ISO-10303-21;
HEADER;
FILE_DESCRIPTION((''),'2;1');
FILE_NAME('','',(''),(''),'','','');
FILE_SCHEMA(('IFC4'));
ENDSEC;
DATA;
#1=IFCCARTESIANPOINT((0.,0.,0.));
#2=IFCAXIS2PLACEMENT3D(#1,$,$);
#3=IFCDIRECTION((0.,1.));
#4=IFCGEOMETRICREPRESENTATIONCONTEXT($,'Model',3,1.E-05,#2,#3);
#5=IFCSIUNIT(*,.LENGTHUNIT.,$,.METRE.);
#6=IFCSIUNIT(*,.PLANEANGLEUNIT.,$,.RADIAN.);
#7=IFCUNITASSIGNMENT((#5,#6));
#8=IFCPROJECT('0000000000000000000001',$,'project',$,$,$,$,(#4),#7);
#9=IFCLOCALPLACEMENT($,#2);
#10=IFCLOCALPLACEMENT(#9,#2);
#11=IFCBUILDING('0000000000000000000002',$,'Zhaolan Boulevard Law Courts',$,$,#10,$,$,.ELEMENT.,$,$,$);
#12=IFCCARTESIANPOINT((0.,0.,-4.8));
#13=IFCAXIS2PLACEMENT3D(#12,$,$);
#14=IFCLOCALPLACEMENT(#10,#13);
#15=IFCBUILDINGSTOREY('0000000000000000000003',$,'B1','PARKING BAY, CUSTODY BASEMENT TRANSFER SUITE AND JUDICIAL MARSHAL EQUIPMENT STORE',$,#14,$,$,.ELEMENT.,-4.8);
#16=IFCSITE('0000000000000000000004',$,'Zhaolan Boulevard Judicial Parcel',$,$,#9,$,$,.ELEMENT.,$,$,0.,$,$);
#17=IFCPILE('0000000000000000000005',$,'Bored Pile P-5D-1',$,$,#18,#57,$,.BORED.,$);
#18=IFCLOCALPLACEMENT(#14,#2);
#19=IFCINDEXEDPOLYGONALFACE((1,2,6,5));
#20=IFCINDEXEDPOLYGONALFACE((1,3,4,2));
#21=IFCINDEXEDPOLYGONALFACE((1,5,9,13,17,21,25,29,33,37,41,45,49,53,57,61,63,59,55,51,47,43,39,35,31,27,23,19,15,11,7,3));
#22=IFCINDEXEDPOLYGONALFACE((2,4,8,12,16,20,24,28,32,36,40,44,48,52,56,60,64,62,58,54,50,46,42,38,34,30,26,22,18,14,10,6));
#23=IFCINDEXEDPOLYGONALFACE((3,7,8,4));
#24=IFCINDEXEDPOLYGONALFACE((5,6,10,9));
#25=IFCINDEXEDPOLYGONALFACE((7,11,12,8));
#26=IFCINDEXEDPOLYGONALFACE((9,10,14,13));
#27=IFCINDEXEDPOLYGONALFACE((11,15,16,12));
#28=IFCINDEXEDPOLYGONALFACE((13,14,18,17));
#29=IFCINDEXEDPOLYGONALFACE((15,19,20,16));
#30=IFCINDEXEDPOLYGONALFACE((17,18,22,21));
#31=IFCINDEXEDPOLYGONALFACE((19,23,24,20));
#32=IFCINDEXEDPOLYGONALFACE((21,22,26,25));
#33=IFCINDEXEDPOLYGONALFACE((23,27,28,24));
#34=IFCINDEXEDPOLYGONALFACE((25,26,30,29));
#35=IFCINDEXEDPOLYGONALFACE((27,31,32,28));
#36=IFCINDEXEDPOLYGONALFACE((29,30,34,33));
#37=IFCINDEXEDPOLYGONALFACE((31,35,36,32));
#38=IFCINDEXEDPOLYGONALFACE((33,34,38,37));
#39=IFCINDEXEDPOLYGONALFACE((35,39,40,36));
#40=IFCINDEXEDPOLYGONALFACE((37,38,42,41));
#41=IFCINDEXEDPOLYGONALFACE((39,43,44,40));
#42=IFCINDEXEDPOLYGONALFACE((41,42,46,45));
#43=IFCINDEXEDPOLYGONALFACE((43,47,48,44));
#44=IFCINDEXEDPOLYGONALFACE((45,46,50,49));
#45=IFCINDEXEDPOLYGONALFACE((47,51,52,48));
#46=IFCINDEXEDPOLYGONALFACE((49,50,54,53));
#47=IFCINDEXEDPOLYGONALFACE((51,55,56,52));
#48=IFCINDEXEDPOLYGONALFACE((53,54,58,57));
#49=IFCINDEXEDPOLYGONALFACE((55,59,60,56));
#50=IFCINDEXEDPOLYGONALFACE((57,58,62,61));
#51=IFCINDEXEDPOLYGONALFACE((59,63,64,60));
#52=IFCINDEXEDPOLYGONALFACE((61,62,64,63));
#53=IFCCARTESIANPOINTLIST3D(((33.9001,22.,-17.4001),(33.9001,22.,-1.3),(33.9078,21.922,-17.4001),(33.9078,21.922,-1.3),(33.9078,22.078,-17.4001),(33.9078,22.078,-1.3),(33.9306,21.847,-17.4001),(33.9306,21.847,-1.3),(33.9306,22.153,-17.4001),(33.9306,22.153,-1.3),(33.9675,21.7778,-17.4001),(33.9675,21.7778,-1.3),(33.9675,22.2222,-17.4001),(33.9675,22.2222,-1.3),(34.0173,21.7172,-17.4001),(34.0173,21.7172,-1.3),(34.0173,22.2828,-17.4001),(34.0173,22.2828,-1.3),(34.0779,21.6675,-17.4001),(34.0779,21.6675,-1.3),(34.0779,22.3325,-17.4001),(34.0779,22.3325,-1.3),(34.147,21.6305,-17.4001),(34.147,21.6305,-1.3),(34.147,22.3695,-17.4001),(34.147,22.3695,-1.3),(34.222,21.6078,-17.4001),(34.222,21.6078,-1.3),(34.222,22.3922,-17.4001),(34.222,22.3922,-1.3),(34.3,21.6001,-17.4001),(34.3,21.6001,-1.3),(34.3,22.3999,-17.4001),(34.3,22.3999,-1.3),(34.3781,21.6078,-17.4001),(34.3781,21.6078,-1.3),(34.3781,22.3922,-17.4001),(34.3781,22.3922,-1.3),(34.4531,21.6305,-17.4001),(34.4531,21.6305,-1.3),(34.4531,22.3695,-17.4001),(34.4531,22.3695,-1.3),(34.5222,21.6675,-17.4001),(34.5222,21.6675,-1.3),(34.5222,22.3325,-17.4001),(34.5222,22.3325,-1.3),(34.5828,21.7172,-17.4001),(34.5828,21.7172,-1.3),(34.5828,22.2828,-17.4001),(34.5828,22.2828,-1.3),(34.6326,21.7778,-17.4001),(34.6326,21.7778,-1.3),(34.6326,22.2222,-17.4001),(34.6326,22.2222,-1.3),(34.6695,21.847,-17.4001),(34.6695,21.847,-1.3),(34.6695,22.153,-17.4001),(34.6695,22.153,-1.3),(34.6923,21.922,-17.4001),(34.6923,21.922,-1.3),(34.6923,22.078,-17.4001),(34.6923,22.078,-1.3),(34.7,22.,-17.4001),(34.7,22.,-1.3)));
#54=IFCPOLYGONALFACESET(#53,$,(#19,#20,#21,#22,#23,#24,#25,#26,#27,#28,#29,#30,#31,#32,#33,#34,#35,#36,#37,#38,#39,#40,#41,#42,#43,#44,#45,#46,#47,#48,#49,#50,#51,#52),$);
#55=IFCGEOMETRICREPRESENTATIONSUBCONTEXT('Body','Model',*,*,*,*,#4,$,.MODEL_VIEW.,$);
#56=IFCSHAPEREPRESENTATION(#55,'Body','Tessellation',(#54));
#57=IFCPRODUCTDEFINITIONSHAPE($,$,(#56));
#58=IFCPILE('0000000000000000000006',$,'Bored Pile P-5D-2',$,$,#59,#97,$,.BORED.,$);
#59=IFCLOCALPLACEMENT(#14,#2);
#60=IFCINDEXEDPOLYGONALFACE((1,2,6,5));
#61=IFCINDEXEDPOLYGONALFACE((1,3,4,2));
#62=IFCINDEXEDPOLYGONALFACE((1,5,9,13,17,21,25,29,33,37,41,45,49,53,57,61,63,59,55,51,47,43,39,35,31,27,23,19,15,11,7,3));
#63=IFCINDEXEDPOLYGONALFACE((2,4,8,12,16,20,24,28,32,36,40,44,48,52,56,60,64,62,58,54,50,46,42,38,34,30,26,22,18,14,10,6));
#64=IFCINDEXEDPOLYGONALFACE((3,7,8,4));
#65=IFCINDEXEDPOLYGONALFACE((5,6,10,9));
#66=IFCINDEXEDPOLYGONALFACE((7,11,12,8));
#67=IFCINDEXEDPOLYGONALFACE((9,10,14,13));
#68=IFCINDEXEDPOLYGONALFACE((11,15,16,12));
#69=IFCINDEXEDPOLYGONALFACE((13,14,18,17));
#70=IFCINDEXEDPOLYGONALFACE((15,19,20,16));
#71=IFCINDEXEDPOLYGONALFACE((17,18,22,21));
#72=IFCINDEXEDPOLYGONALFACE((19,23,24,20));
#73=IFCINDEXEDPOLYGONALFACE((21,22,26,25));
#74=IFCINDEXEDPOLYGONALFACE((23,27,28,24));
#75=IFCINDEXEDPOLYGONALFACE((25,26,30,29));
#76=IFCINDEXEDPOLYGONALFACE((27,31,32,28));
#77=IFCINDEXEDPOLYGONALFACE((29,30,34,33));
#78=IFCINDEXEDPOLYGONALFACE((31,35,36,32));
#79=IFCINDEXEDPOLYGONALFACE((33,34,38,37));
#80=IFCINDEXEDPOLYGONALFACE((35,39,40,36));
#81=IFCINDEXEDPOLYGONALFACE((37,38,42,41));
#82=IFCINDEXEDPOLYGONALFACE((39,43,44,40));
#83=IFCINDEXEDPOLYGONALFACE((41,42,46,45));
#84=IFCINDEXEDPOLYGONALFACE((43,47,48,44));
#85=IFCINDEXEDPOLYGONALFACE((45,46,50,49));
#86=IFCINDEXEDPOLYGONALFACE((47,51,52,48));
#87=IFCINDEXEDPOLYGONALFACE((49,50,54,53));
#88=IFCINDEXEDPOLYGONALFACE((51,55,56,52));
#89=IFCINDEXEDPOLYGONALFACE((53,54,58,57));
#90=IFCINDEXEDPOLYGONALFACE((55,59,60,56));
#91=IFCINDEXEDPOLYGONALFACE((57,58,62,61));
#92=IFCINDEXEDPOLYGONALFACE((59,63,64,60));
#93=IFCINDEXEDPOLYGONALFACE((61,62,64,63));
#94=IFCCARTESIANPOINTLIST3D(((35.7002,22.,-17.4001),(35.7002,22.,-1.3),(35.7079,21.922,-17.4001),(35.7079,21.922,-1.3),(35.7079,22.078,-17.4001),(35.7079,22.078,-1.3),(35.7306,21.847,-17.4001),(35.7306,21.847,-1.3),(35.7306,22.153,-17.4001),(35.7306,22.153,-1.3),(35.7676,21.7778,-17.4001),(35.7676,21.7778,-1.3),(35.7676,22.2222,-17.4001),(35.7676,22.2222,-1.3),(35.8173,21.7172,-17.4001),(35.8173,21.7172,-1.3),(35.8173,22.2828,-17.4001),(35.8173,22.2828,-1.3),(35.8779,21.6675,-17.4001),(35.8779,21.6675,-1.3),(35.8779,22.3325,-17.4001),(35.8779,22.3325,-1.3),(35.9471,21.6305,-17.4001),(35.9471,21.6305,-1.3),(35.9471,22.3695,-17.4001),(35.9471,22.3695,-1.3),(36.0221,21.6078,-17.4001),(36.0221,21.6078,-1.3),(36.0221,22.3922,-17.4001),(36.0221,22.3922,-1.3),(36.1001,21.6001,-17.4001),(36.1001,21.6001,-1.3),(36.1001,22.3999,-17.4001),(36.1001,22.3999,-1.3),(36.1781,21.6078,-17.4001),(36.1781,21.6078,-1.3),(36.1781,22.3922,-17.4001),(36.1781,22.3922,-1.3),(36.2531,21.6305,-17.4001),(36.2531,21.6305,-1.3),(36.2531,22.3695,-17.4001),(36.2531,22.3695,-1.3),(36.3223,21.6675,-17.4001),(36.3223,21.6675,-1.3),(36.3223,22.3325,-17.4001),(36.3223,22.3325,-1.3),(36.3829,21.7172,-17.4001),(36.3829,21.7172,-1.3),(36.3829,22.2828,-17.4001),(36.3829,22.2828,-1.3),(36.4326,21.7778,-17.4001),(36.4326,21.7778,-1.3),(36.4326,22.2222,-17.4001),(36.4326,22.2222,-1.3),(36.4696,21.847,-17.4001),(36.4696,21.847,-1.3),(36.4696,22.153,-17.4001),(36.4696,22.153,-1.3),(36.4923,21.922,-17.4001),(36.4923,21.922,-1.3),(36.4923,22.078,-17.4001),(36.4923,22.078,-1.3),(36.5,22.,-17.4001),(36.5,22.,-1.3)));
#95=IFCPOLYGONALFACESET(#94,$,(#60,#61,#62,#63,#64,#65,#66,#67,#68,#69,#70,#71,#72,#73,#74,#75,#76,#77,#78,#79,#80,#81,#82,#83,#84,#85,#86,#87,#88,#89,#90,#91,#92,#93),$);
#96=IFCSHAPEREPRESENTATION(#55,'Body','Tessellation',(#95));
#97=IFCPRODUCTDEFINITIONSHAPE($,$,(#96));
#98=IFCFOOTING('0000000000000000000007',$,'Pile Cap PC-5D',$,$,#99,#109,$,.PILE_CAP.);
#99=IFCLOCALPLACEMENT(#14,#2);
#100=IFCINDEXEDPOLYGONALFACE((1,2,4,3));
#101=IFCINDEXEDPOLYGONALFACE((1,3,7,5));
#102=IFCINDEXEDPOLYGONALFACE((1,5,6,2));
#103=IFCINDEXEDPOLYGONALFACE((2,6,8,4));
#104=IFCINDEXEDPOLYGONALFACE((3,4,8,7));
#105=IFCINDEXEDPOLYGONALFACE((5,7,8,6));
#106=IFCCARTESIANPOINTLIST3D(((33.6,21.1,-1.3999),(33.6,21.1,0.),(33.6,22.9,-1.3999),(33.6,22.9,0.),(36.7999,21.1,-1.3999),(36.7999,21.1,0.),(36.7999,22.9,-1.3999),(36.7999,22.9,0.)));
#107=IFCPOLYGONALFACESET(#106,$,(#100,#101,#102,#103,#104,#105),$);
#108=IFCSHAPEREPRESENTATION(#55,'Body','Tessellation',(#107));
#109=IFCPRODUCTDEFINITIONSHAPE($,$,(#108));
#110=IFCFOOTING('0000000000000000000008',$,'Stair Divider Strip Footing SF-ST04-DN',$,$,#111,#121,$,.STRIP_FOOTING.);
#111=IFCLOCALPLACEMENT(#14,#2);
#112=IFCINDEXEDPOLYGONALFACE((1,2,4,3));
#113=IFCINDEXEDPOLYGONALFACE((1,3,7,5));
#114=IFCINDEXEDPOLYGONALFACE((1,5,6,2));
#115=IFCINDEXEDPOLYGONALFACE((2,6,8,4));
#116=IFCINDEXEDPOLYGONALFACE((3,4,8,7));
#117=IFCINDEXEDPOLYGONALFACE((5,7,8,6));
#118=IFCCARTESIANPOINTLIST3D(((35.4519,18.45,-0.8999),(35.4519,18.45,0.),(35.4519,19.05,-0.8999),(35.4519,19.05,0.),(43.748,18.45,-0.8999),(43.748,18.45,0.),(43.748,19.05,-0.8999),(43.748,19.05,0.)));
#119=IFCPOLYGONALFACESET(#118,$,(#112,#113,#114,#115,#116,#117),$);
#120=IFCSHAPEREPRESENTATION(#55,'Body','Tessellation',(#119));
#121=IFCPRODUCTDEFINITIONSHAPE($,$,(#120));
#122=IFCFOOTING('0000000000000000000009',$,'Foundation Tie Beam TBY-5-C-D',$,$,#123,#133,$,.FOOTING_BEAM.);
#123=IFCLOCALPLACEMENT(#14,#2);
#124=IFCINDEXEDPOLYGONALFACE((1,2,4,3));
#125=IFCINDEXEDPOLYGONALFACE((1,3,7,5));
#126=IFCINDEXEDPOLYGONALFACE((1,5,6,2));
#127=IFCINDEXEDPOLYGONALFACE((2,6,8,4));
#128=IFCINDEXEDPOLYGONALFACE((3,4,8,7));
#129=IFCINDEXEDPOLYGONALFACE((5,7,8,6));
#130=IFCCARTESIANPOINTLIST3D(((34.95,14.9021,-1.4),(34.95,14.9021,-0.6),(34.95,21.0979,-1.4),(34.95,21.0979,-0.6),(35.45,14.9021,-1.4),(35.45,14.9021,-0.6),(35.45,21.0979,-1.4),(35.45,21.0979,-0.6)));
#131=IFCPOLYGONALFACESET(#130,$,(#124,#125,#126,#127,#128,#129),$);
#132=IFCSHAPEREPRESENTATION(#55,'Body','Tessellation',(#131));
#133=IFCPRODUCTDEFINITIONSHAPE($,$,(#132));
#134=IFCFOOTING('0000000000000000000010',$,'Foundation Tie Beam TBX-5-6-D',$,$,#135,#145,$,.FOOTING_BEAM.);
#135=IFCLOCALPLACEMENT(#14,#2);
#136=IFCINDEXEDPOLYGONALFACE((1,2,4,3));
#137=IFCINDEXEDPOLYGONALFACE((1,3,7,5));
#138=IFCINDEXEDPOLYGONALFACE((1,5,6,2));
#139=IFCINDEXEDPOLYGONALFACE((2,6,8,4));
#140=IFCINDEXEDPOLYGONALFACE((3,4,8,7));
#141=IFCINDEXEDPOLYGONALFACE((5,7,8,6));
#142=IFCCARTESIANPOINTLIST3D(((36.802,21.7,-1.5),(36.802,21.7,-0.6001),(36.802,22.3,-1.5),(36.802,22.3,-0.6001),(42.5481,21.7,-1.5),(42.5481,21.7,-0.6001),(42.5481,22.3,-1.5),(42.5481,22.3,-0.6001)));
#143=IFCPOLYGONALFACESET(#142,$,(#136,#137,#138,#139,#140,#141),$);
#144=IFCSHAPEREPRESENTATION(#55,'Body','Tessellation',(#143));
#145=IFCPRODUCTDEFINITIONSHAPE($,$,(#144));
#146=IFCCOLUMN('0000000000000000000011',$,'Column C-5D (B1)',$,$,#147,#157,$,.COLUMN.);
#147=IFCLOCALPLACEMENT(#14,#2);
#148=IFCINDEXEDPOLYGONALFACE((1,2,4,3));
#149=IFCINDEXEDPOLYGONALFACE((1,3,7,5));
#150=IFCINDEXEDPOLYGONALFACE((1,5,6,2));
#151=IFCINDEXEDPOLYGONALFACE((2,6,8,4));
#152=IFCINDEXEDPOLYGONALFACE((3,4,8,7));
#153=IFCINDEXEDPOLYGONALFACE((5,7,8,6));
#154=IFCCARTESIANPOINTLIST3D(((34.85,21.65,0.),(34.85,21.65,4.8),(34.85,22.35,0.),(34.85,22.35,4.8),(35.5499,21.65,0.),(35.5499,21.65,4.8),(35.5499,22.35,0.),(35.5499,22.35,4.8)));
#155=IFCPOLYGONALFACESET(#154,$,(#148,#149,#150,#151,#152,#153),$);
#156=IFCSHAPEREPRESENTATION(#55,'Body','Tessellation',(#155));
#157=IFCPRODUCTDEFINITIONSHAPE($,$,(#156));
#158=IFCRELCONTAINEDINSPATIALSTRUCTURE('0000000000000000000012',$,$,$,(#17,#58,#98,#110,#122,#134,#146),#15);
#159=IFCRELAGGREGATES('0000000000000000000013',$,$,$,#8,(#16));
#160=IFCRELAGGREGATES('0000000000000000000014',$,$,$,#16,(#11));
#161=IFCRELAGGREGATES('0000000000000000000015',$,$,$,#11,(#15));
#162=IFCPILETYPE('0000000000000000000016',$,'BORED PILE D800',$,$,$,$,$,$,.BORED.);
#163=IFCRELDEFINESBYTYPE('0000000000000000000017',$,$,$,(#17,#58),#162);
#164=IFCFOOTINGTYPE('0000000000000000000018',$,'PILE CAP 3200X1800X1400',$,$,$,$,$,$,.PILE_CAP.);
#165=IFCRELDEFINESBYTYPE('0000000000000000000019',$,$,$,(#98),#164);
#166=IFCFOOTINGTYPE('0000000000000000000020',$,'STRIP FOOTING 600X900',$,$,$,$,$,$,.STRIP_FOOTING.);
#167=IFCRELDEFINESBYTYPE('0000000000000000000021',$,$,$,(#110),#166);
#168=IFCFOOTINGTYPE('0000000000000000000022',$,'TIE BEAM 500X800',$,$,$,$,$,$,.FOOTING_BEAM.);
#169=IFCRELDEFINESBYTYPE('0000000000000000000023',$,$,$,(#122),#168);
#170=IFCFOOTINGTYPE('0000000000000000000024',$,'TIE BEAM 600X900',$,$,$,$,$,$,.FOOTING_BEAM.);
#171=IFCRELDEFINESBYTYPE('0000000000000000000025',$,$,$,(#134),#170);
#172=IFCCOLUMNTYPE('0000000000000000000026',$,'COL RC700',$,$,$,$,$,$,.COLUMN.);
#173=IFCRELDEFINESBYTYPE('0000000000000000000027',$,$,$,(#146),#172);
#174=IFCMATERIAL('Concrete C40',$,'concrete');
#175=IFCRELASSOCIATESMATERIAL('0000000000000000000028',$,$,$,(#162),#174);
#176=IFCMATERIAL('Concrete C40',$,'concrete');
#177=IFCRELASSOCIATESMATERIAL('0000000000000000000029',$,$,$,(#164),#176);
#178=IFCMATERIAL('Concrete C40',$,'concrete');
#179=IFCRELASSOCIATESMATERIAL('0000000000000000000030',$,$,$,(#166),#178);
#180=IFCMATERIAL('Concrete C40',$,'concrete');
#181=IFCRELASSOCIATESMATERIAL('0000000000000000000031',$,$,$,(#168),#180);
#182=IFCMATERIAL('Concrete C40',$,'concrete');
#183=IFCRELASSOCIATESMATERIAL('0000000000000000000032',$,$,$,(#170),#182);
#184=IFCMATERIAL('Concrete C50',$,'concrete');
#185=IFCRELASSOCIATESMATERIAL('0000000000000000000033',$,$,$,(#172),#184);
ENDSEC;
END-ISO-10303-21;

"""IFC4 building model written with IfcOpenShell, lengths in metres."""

from ifc_helpers import new_model, si_unit, direction, frame, origin, origin_2d, place, context, subcontext, project, spatial, rectangle, circle, extrude, material, material_profile, profile_set, type_object, element, save


model = new_model("IFC4")

# Units and contexts
model_context = context("Model", 3, precision=1e-05, world=origin(), true_north=direction((0.0, 1.0)))
body_context = subcontext(model_context, "Body", "Model", "MODEL_VIEW")
ifc_project = project(units=[si_unit("LENGTHUNIT", "METRE"), si_unit("PLANEANGLEUNIT", "RADIAN")], contexts=[model_context])

# Site, building, storey
site_placement = place(None, origin())
site = spatial("IfcSite", under=ifc_project, at=site_placement, Name="Zhaolan Boulevard Judicial Parcel", CompositionType="ELEMENT", RefElevation=0.0)
building_placement = place(site_placement, origin())
building = spatial("IfcBuilding", under=site, at=building_placement, Name="Zhaolan Boulevard Law Courts", CompositionType="ELEMENT")
storey_placement = place(building_placement, frame((0.0, 0.0, -4.8)))
storey = spatial("IfcBuildingStorey", under=building, at=storey_placement, Name="B1", Description="PARKING BAY, CUSTODY BASEMENT TRANSFER SUITE AND JUDICIAL MARSHAL EQUIPMENT STORE", CompositionType="ELEMENT", Elevation=-4.8)

# Piles
ifc_material_1 = material(Name="Concrete C40", Category="concrete")
ifc_material_profile_1 = material_profile(ifc_material_1, circle(Radius=0.3999, at=origin_2d()), Name="PILE-D800")
ifc_profile_set_1 = profile_set([ifc_material_profile_1], Name="Concrete C40")
pile_type = type_object("IfcPileType", Name="BORED PILE D800", PredefinedType="BORED", material=ifc_profile_set_1)
for number, where, z_axis, x_axis, name in (
    (1, (34.3, 22.0, -1.3), (0.0, 0.0, -1.0), (1.0, 0.0, 0.0), "Bored Pile P-5D-1"),
    (2, (36.1001, 22.0, -1.3), (0.0, 0.0, -1.0), (1.0, 0.0, 0.0), "Bored Pile P-5D-2"),
):
    element("IfcPile", number, at=place(storey_placement, frame(where, z_axis=z_axis, x_axis=x_axis)), inside=storey, type_object=pile_type, Name=name, PredefinedType="BORED", context=body_context, shape_type="SweptSolid", body=[
        extrude(circle(Radius=0.3999, at=origin_2d()), origin(), (0.0, 0.0, 1.0), 16.1001),
    ])

# Footings
ifc_material_2 = material(Name="Concrete C40", Category="concrete")
footing_type_1 = type_object("IfcFootingType", Name="PILE CAP 3200X1800X1400", PredefinedType="PILE_CAP", material=ifc_material_2)
footing_1_placement = place(storey_placement, frame((35.2, 22.0, -1.3999), z_axis=(0.0, 0.0, 1.0), x_axis=(1.0, 0.0, 0.0)))
element("IfcFooting", 3, at=footing_1_placement, inside=storey, type_object=footing_type_1, Name="Pile Cap PC-5D", PredefinedType="PILE_CAP", context=body_context, shape_type="SweptSolid", body=[
    extrude(rectangle(XDim=3.2, YDim=1.8, at=origin_2d()), origin(), (0.0, 0.0, 1.0), 1.3999),
])
ifc_material_3 = material(Name="Concrete C40", Category="concrete")
ifc_material_profile_2 = material_profile(ifc_material_3, rectangle(XDim=0.6001, YDim=0.8999, at=origin_2d()), Name="RC600x900")
ifc_profile_set_2 = profile_set([ifc_material_profile_2], Name="Concrete C40")
footing_type_2 = type_object("IfcFootingType", Name="STRIP FOOTING 600X900", PredefinedType="STRIP_FOOTING", material=ifc_profile_set_2)
footing_2_placement = place(storey_placement, frame((35.4519, 18.75, -0.45), z_axis=(1.0, 0.0, 0.0), x_axis=(0.0, 1.0, 0.0)))
element("IfcFooting", 4, at=footing_2_placement, inside=storey, type_object=footing_type_2, Name="Stair Divider Strip Footing SF-ST04-DN", PredefinedType="STRIP_FOOTING", context=body_context, shape_type="SweptSolid", body=[
    extrude(rectangle(XDim=0.6001, YDim=0.8999, at=origin_2d()), origin(), (0.0, 0.0, 1.0), 8.2961),
])
ifc_material_4 = material(Name="Concrete C40", Category="concrete")
ifc_material_profile_3 = material_profile(ifc_material_4, rectangle(XDim=0.5, YDim=0.8, at=origin_2d()), Name="RC500x800")
ifc_profile_set_3 = profile_set([ifc_material_profile_3], Name="Concrete C40")
footing_type_3 = type_object("IfcFootingType", Name="TIE BEAM 500X800", PredefinedType="FOOTING_BEAM", material=ifc_profile_set_3)
footing_3_placement = place(storey_placement, frame((35.2, 14.9021, -1.0), z_axis=(0.0, 1.0, 0.0), x_axis=(-1.0, 0.0, 0.0)))
element("IfcFooting", 5, at=footing_3_placement, inside=storey, type_object=footing_type_3, Name="Foundation Tie Beam TBY-5-C-D", PredefinedType="FOOTING_BEAM", context=body_context, shape_type="SweptSolid", body=[
    extrude(rectangle(XDim=0.5, YDim=0.8, at=origin_2d()), origin(), (0.0, 0.0, 1.0), 6.1958),
])
ifc_material_5 = material(Name="Concrete C40", Category="concrete")
ifc_material_profile_4 = material_profile(ifc_material_5, rectangle(XDim=0.6001, YDim=0.8999, at=origin_2d()), Name="RC600x900")
ifc_profile_set_4 = profile_set([ifc_material_profile_4], Name="Concrete C40")
footing_type_4 = type_object("IfcFootingType", Name="TIE BEAM 600X900", PredefinedType="FOOTING_BEAM", material=ifc_profile_set_4)
footing_4_placement = place(storey_placement, frame((36.802, 22.0, -1.05), z_axis=(1.0, 0.0, 0.0), x_axis=(0.0, 1.0, 0.0)))
element("IfcFooting", 6, at=footing_4_placement, inside=storey, type_object=footing_type_4, Name="Foundation Tie Beam TBX-5-6-D", PredefinedType="FOOTING_BEAM", context=body_context, shape_type="SweptSolid", body=[
    extrude(rectangle(XDim=0.6001, YDim=0.8999, at=origin_2d()), origin(), (0.0, 0.0, 1.0), 5.7461),
])

# Column
ifc_material_6 = material(Name="Concrete C50", Category="concrete")
ifc_material_profile_5 = material_profile(ifc_material_6, rectangle(XDim=0.7, YDim=0.7, at=origin_2d()), Name="RC700x700")
ifc_profile_set_5 = profile_set([ifc_material_profile_5], Name="Concrete C50")
column_type = type_object("IfcColumnType", Name="COL RC700", PredefinedType="COLUMN", material=ifc_profile_set_5)
column_placement = place(storey_placement, frame((35.2, 22.0, 0.0), z_axis=(0.0, 0.0, 1.0), x_axis=(1.0, 0.0, 0.0)))
element("IfcColumn", 7, at=column_placement, inside=storey, type_object=column_type, Name="Column C-5D (B1)", PredefinedType="COLUMN", context=body_context, shape_type="SweptSolid", body=[
    extrude(rectangle(XDim=0.7, YDim=0.7, at=origin_2d()), origin(), (0.0, 0.0, 1.0), 4.8),
])

save(model, "model.ifc")
